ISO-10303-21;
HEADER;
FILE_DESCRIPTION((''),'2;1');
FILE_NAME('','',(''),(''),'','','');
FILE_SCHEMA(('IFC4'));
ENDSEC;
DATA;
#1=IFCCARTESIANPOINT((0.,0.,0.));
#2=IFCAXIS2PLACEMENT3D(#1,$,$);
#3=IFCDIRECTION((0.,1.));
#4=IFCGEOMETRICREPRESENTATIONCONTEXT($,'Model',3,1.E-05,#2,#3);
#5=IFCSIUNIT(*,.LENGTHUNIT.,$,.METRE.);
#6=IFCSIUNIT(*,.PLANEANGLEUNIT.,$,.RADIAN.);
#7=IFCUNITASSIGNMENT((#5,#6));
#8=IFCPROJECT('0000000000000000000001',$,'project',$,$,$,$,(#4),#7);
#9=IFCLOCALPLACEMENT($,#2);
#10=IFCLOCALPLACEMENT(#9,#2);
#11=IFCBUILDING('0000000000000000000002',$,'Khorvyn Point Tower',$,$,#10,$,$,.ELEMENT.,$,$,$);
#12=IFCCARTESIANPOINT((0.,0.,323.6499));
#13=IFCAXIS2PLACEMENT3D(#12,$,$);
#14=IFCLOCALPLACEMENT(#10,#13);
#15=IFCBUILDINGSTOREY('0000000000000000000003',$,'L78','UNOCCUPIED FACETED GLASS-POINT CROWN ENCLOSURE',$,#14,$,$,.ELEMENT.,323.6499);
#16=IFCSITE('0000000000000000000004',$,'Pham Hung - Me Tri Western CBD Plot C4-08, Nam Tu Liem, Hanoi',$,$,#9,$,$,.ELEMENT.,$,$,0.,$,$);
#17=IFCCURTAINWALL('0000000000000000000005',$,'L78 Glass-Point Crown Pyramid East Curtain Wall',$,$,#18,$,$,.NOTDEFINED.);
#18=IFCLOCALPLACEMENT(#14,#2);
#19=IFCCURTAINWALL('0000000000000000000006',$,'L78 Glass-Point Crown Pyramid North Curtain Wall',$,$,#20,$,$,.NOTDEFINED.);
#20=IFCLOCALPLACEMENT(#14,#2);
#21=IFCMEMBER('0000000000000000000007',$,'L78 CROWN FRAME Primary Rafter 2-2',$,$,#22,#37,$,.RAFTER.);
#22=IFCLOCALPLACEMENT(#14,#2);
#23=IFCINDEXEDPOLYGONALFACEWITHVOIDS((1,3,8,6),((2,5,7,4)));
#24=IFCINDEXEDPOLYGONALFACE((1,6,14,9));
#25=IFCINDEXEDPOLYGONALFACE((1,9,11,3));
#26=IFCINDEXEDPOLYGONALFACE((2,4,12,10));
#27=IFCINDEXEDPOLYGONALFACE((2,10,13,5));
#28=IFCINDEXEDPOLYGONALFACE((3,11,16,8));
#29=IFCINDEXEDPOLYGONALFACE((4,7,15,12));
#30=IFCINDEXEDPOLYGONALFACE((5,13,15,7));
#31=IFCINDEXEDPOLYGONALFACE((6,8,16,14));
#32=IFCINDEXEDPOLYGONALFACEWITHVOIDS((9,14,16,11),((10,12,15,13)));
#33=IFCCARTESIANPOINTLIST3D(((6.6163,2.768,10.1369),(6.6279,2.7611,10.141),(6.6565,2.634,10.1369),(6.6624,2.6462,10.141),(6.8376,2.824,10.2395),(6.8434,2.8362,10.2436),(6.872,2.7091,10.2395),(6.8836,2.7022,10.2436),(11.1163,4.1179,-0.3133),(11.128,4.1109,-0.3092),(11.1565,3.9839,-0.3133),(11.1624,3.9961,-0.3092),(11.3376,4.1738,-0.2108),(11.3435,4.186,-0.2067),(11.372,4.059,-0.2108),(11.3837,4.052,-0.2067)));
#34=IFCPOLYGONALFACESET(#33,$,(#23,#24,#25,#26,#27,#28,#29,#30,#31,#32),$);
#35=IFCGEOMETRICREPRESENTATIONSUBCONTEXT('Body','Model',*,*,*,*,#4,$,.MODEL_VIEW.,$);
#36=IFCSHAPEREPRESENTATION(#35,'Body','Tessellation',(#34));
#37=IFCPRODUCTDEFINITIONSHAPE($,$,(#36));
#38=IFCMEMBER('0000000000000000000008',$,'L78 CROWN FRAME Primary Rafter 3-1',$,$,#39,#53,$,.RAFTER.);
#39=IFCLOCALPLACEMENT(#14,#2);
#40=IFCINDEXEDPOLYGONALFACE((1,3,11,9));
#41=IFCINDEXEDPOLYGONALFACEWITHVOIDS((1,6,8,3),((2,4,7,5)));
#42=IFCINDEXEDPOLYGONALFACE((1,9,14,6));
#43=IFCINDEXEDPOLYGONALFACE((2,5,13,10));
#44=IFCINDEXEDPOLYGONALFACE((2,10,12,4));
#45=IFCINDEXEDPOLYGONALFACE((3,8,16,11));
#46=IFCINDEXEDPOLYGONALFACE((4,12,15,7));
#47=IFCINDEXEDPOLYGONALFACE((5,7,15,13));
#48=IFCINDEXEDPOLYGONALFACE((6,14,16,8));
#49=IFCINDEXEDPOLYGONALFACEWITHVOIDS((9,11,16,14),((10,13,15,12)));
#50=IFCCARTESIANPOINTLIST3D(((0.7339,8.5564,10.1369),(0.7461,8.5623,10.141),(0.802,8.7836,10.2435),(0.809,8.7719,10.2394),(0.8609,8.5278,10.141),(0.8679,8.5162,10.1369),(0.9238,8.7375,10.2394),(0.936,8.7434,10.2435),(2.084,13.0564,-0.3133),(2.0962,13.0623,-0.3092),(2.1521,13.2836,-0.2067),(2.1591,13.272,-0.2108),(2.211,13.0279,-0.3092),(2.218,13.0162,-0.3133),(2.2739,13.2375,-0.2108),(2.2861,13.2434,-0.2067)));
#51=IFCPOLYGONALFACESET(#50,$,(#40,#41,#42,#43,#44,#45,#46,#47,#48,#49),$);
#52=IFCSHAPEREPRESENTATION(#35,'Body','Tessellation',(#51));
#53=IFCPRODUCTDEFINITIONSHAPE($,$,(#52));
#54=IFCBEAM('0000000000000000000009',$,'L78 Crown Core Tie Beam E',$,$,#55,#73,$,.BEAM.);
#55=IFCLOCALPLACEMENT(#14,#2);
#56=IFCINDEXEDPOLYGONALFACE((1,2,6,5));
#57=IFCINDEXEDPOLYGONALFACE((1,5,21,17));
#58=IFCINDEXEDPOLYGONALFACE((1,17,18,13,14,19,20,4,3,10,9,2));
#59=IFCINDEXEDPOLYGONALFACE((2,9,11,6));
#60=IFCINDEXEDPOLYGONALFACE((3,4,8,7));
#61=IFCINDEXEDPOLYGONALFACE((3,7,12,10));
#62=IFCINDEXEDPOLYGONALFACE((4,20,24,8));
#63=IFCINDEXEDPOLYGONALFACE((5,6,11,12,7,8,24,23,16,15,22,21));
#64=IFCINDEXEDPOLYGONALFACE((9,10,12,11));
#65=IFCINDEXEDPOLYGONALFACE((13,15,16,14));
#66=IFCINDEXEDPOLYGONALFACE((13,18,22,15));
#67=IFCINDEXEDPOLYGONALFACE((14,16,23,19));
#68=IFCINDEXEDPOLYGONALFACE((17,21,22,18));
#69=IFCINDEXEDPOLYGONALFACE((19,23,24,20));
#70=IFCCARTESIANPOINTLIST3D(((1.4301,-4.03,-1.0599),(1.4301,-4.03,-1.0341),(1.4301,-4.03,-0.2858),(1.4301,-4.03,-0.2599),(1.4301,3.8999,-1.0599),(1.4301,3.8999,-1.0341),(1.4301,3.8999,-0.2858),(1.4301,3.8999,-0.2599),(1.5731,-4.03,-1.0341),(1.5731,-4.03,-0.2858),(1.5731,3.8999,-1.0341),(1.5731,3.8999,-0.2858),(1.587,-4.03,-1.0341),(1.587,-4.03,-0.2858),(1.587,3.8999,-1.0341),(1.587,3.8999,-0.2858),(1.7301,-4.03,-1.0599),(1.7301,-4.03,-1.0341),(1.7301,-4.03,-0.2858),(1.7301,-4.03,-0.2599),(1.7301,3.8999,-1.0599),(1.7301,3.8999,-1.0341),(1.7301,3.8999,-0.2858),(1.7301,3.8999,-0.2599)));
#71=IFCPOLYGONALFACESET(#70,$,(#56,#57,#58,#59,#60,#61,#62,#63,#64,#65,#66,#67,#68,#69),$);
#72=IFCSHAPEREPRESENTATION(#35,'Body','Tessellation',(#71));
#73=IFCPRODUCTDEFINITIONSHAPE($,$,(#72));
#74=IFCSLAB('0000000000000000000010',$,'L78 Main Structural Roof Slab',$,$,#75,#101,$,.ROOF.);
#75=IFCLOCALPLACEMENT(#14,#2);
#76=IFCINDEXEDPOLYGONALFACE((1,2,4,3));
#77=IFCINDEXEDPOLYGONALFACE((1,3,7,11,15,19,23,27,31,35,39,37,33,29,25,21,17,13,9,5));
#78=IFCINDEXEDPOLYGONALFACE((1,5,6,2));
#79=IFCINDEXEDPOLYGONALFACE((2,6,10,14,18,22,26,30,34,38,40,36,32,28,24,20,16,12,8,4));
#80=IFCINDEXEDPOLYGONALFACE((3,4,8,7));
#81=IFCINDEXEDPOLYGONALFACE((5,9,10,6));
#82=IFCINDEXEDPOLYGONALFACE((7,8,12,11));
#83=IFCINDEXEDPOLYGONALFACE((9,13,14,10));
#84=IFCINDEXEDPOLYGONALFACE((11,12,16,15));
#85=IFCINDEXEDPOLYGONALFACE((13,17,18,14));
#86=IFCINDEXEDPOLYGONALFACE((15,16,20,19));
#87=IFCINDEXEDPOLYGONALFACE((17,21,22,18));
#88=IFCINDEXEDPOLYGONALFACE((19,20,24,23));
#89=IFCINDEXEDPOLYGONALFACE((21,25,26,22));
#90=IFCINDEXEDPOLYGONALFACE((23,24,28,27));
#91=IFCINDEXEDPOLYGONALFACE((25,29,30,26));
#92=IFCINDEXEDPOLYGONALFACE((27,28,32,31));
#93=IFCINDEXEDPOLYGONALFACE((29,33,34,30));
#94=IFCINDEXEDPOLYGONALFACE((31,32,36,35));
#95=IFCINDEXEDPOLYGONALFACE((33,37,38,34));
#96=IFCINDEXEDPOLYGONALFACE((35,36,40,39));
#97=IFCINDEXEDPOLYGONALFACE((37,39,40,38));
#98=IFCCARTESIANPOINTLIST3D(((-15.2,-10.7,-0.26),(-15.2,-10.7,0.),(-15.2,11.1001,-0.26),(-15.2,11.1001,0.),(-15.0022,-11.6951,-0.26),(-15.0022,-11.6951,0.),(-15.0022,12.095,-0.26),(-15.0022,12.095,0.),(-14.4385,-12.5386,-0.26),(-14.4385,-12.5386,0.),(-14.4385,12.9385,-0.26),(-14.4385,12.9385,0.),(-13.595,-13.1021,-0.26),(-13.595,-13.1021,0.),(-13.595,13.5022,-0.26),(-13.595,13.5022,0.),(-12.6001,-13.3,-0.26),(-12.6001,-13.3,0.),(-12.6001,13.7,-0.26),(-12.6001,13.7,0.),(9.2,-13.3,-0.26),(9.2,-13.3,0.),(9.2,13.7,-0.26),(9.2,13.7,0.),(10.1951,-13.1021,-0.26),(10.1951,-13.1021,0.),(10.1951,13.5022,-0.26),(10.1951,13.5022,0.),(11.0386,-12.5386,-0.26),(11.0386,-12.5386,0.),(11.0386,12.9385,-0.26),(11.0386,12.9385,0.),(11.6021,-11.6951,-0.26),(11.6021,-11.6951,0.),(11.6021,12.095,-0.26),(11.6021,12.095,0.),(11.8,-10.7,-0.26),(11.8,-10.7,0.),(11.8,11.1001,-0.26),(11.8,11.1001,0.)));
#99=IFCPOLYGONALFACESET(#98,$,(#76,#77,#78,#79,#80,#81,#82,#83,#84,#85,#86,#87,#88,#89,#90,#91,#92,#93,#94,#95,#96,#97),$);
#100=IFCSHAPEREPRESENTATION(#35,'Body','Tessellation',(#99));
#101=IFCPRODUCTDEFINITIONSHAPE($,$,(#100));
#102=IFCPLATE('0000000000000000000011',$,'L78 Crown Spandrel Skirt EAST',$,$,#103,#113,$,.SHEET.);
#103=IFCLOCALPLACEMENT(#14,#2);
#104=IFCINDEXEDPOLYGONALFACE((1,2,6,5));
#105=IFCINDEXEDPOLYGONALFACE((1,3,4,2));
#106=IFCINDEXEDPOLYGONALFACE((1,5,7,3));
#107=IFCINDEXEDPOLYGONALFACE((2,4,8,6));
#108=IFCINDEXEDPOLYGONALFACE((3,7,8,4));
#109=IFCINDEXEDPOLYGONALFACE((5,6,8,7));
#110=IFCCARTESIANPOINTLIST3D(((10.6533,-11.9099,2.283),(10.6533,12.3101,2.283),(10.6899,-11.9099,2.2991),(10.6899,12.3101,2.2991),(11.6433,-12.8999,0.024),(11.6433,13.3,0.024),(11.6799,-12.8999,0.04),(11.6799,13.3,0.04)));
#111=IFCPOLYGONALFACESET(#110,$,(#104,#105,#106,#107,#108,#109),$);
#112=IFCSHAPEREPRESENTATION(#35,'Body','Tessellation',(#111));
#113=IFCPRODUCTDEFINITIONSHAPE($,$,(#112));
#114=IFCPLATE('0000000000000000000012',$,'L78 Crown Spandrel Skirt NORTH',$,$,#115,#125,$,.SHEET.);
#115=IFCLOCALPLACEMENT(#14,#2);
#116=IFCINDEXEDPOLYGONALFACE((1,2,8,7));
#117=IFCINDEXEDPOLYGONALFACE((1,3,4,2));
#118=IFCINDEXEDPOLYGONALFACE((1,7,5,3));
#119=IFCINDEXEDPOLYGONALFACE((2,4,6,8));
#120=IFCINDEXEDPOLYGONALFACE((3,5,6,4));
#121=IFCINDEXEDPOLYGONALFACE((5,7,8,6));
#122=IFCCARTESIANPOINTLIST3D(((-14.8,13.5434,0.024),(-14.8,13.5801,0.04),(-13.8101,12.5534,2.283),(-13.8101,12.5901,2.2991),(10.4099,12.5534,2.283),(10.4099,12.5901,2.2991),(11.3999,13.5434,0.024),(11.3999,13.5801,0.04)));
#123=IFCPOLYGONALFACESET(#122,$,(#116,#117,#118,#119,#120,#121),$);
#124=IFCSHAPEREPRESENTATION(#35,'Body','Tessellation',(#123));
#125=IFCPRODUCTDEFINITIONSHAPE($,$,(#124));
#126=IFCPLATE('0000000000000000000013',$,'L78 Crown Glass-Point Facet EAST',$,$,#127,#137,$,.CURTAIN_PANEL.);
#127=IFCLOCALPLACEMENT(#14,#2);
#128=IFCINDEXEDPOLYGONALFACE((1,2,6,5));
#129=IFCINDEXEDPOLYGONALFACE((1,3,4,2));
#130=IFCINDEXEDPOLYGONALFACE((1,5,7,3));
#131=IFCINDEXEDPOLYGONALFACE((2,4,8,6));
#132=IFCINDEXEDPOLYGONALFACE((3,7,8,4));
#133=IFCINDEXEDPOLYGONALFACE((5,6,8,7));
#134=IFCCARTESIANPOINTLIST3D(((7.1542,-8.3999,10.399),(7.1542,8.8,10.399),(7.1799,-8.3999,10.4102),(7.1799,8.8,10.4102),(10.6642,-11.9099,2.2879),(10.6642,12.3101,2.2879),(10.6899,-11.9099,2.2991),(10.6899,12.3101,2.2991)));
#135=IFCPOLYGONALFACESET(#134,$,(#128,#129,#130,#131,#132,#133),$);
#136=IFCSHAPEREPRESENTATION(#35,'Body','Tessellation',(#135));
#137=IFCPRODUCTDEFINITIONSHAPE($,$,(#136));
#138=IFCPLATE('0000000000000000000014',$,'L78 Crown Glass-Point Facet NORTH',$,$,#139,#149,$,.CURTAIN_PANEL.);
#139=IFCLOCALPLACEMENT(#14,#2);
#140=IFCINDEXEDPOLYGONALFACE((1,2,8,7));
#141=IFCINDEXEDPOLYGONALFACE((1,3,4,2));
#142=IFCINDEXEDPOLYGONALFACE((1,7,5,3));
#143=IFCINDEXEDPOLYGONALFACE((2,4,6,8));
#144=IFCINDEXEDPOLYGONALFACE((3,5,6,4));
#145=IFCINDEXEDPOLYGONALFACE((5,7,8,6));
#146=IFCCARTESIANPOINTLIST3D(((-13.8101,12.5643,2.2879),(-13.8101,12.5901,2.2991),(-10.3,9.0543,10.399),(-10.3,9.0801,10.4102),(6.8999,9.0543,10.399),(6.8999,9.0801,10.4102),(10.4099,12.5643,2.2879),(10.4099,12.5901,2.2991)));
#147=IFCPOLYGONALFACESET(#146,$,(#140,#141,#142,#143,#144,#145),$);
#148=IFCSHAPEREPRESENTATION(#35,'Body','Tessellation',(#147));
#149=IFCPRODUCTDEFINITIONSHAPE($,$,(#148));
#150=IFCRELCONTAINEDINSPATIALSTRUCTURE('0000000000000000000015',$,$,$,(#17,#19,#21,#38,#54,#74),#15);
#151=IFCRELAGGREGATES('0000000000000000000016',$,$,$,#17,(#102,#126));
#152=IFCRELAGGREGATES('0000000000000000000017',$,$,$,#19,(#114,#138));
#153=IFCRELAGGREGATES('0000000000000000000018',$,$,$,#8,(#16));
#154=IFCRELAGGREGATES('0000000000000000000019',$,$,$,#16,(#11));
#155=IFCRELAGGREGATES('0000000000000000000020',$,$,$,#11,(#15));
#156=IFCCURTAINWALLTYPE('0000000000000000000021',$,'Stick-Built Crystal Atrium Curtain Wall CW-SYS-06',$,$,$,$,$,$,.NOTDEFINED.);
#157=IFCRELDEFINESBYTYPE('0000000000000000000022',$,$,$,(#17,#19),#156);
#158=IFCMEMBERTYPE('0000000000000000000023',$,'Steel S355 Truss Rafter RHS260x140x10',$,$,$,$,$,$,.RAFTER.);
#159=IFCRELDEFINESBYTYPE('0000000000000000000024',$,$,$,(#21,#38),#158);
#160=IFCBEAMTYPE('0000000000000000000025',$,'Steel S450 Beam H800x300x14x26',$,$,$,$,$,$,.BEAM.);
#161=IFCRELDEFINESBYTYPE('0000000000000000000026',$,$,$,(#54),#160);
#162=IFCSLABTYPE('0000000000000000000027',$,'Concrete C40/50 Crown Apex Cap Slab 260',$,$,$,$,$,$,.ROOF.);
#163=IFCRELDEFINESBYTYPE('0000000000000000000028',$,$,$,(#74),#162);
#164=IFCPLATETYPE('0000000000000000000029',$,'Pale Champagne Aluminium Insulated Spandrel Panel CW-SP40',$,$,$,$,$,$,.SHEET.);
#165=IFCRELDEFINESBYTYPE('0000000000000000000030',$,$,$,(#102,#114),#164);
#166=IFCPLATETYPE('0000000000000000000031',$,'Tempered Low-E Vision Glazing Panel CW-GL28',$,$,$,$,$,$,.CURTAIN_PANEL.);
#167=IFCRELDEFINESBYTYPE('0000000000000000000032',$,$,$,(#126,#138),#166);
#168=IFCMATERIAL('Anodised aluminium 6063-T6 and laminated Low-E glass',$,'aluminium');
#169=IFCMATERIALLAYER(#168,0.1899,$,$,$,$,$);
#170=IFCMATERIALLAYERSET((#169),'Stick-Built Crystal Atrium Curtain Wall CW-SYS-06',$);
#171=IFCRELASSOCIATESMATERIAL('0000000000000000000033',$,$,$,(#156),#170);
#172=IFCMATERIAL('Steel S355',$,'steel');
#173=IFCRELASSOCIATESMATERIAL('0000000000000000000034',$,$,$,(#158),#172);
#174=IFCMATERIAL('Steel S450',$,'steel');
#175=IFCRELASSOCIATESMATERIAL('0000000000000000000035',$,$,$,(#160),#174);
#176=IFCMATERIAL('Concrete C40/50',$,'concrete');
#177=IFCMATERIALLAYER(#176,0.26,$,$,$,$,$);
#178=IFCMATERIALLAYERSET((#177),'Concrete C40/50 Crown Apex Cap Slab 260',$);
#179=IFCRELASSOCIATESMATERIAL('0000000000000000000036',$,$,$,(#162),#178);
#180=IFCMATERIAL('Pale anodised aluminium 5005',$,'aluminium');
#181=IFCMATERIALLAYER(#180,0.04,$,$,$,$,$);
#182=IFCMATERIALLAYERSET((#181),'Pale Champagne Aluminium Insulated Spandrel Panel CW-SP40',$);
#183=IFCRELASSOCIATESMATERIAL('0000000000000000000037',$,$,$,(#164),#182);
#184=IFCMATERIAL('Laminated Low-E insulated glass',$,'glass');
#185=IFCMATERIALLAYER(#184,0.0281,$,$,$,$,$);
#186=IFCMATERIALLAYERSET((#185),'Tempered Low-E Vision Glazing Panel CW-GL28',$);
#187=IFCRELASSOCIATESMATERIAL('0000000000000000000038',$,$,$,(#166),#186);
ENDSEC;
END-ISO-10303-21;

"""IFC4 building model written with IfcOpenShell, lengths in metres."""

from ifc_helpers import new_model, si_unit, direction, frame, origin, origin_2d, place, context, subcontext, project, spatial, polyline, hollow_rectangle, i_section, outline, extrude, material, layer, layer_set, material_profile, profile_set, type_object, element, aggregate, save


model = new_model("IFC4")

# Units and contexts
model_context = context("Model", 3, precision=1e-05, world=origin(), true_north=direction((0.0, 1.0)))
body_context = subcontext(model_context, "Body", "Model", "MODEL_VIEW")
ifc_project = project(units=[si_unit("LENGTHUNIT", "METRE"), si_unit("PLANEANGLEUNIT", "RADIAN")], contexts=[model_context])

# Site, building, storey
site_placement = place(None, origin())
site = spatial("IfcSite", under=ifc_project, at=site_placement, Name="Pham Hung - Me Tri Western CBD Plot C4-08, Nam Tu Liem, Hanoi", CompositionType="ELEMENT", RefElevation=0.0)
building_placement = place(site_placement, origin())
building = spatial("IfcBuilding", under=site, at=building_placement, Name="Khorvyn Point Tower", CompositionType="ELEMENT")
storey_placement = place(building_placement, frame((0.0, 0.0, 323.6499)))
storey = spatial("IfcBuildingStorey", under=building, at=storey_placement, Name="L78", Description="UNOCCUPIED FACETED GLASS-POINT CROWN ENCLOSURE", CompositionType="ELEMENT", Elevation=323.6499)

# Shared definitions
ifc_material_1 = material(Name="Steel S355", Category="steel")

# Curtain walls
ifc_material_2 = material(Name="Anodised aluminium 6063-T6 and laminated Low-E glass", Category="aluminium")
ifc_layer_1 = layer(ifc_material_2, 0.1899)
ifc_layer_set_1 = layer_set([ifc_layer_1], Name="Stick-Built Crystal Atrium Curtain Wall CW-SYS-06")
curtain_wall_type = type_object("IfcCurtainWallType", Name="Stick-Built Crystal Atrium Curtain Wall CW-SYS-06", PredefinedType="NOTDEFINED", material=ifc_layer_set_1)
curtain_wall_1_placement = place(storey_placement, origin())
curtain_wall_1 = element("IfcCurtainWall", 1, at=curtain_wall_1_placement, inside=storey, type_object=curtain_wall_type, Name="L78 Glass-Point Crown Pyramid East Curtain Wall", PredefinedType="NOTDEFINED")
curtain_wall_2_placement = place(storey_placement, origin())
curtain_wall_2 = element("IfcCurtainWall", 2, at=curtain_wall_2_placement, inside=storey, type_object=curtain_wall_type, Name="L78 Glass-Point Crown Pyramid North Curtain Wall", PredefinedType="NOTDEFINED")

# Members
ifc_material_profile_1 = material_profile(ifc_material_1, hollow_rectangle(XDim=0.1399, YDim=0.26, WallThickness=0.01, at=origin_2d()))
ifc_profile_set_1 = profile_set([ifc_material_profile_1], Name="Steel S355 RHS260x140x10")
member_type_1 = type_object("IfcMemberType", Name="Steel S355 Truss Rafter RHS260x140x10", PredefinedType="RAFTER", material=ifc_profile_set_1)
for number, where, z_axis, x_axis, name in (
    (3, (11.25, 4.085, -0.26), (-0.392749, -0.117812, 0.912068), (0.287319, -0.957835, 0.0), "L78 CROWN FRAME Primary Rafter 2-2"),
    (4, (2.1851, 13.1499, -0.26), (-0.117833, -0.392748, 0.912066), (0.957821, -0.287367, 0.0), "L78 CROWN FRAME Primary Rafter 3-1"),
):
    element("IfcMember", number, at=place(storey_placement, frame(where, z_axis=z_axis, x_axis=x_axis)), inside=storey, type_object=member_type_1, Name=name, PredefinedType="RAFTER", context=body_context, shape_type="SweptSolid", body=[
        extrude(hollow_rectangle(XDim=0.1399, YDim=0.26, WallThickness=0.01, at=origin_2d()), origin(), (0.0, 0.0, 1.0), 11.4578),
    ])

# Beam
ifc_material_3 = material(Name="Steel S450", Category="steel")
ifc_material_profile_2 = material_profile(ifc_material_3, i_section(OverallWidth=0.3, OverallDepth=0.8, WebThickness=0.0139, FlangeThickness=0.0259, at=origin_2d()))
ifc_profile_set_2 = profile_set([ifc_material_profile_2], Name="Steel S450 H800x300x14x26")
beam_type_1 = type_object("IfcBeamType", Name="Steel S450 Beam H800x300x14x26", PredefinedType="BEAM", material=ifc_profile_set_2)
beam_placement = place(storey_placement, frame((1.5801, -4.03, -0.6599), z_axis=(0.0, 1.0, 0.0), x_axis=(-1.0, 0.0, 0.0)))
element("IfcBeam", 5, at=beam_placement, inside=storey, type_object=beam_type_1, Name="L78 Crown Core Tie Beam E", PredefinedType="BEAM", context=body_context, shape_type="SweptSolid", body=[
    extrude(i_section(OverallWidth=0.3, OverallDepth=0.8, WebThickness=0.0139, FlangeThickness=0.0259, at=origin_2d()), origin(), (0.0, 0.0, 1.0), 7.9299),
])

# Slab
ifc_material_4 = material(Name="Concrete C40/50", Category="concrete")
ifc_layer_2 = layer(ifc_material_4, 0.26)
ifc_layer_set_2 = layer_set([ifc_layer_2], Name="Concrete C40/50 Crown Apex Cap Slab 260")
slab_type = type_object("IfcSlabType", Name="Concrete C40/50 Crown Apex Cap Slab 260", PredefinedType="ROOF", material=ifc_layer_set_2)
slab_placement = place(storey_placement, frame((0.0, 0.0, -0.26)))
element("IfcSlab", 6, at=slab_placement, inside=storey, type_object=slab_type, Name="L78 Main Structural Roof Slab", PredefinedType="ROOF", context=body_context, shape_type="SweptSolid", body=[
    extrude(outline(polyline([(9.2, -13.3), (10.1951, -13.1021), (11.0386, -12.5386), (11.6021, -11.6951), (11.8, -10.7), (11.8, 11.1001), (11.6021, 12.095), (11.0386, 12.9385), (10.1951, 13.5022), (9.2, 13.7), (-12.6001, 13.7), (-13.595, 13.5022), (-14.4385, 12.9385), (-15.0022, 12.095), (-15.2, 11.1001), (-15.2, -10.7), (-15.0022, -11.6951), (-14.4385, -12.5386), (-13.595, -13.1021), (-12.6001, -13.3), (9.2, -13.3)])), origin(), (0.0, 0.0, 1.0), 0.26),
])

# Plates
ifc_material_5 = material(Name="Pale anodised aluminium 5005", Category="aluminium")
ifc_layer_3 = layer(ifc_material_5, 0.04)
ifc_layer_set_3 = layer_set([ifc_layer_3], Name="Pale Champagne Aluminium Insulated Spandrel Panel CW-SP40")
plate_type_1 = type_object("IfcPlateType", Name="Pale Champagne Aluminium Insulated Spandrel Panel CW-SP40", PredefinedType="SHEET", material=ifc_layer_set_3)
plate_1_placement = place(storey_placement, frame((11.6799, -12.8999, 0.04), z_axis=(0.91591, 0.0, 0.401385), x_axis=(0.0, 1.0, 0.0)))
plate_1 = element("IfcPlate", 7, at=plate_1_placement, type_object=plate_type_1, Name="L78 Crown Spandrel Skirt EAST", PredefinedType="SHEET", context=body_context, shape_type="SweptSolid", body=[
    extrude(outline(polyline([(0.0, 0.0), (26.2, 0.0), (25.21, 2.4664), (0.99, 2.4664), (0.0, 0.0)])), origin(), (0.0, 0.0, -1.0), 0.04),
])
plate_2_placement = place(storey_placement, frame((11.3999, 13.5801, 0.04), z_axis=(0.0, 0.91591, 0.401385), x_axis=(-1.0, 0.0, 0.0)))
plate_2 = element("IfcPlate", 8, at=plate_2_placement, type_object=plate_type_1, Name="L78 Crown Spandrel Skirt NORTH", PredefinedType="SHEET", context=body_context, shape_type="SweptSolid", body=[
    extrude(outline(polyline([(0.0, 0.0), (26.2, 0.0), (25.21, 2.4664), (0.99, 2.4664), (0.0, 0.0)])), origin(), (0.0, 0.0, -1.0), 0.04),
])
ifc_material_6 = material(Name="Laminated Low-E insulated glass", Category="glass")
ifc_layer_4 = layer(ifc_material_6, 0.0281)
ifc_layer_set_4 = layer_set([ifc_layer_4], Name="Tempered Low-E Vision Glazing Panel CW-GL28")
plate_type_2 = type_object("IfcPlateType", Name="Tempered Low-E Vision Glazing Panel CW-GL28", PredefinedType="CURTAIN_PANEL", material=ifc_layer_set_4)
plate_3_placement = place(storey_placement, frame((10.6899, -11.9099, 2.2991), z_axis=(0.917753, 0.0, 0.397151), x_axis=(0.0, 1.0, 0.0)))
plate_3 = element("IfcPlate", 9, at=plate_3_placement, type_object=plate_type_2, Name="L78 Crown Glass-Point Facet EAST", PredefinedType="CURTAIN_PANEL", context=body_context, shape_type="SweptSolid", body=[
    extrude(outline(polyline([(0.0, 0.0), (24.22, 0.0), (20.71, 8.838), (3.51, 8.838), (0.0, 0.0)])), origin(), (0.0, 0.0, -1.0), 0.0281),
])
aggregate(curtain_wall_1, [plate_1, plate_3])
plate_4_placement = place(storey_placement, frame((10.4099, 12.5901, 2.2991), z_axis=(0.0, 0.917753, 0.397151), x_axis=(-1.0, 0.0, 0.0)))
plate_4 = element("IfcPlate", 10, at=plate_4_placement, type_object=plate_type_2, Name="L78 Crown Glass-Point Facet NORTH", PredefinedType="CURTAIN_PANEL", context=body_context, shape_type="SweptSolid", body=[
    extrude(outline(polyline([(0.0, 0.0), (24.22, 0.0), (20.71, 8.838), (3.51, 8.838), (0.0, 0.0)])), origin(), (0.0, 0.0, -1.0), 0.0281),
])
aggregate(curtain_wall_2, [plate_2, plate_4])

save(model, "model.ifc")
